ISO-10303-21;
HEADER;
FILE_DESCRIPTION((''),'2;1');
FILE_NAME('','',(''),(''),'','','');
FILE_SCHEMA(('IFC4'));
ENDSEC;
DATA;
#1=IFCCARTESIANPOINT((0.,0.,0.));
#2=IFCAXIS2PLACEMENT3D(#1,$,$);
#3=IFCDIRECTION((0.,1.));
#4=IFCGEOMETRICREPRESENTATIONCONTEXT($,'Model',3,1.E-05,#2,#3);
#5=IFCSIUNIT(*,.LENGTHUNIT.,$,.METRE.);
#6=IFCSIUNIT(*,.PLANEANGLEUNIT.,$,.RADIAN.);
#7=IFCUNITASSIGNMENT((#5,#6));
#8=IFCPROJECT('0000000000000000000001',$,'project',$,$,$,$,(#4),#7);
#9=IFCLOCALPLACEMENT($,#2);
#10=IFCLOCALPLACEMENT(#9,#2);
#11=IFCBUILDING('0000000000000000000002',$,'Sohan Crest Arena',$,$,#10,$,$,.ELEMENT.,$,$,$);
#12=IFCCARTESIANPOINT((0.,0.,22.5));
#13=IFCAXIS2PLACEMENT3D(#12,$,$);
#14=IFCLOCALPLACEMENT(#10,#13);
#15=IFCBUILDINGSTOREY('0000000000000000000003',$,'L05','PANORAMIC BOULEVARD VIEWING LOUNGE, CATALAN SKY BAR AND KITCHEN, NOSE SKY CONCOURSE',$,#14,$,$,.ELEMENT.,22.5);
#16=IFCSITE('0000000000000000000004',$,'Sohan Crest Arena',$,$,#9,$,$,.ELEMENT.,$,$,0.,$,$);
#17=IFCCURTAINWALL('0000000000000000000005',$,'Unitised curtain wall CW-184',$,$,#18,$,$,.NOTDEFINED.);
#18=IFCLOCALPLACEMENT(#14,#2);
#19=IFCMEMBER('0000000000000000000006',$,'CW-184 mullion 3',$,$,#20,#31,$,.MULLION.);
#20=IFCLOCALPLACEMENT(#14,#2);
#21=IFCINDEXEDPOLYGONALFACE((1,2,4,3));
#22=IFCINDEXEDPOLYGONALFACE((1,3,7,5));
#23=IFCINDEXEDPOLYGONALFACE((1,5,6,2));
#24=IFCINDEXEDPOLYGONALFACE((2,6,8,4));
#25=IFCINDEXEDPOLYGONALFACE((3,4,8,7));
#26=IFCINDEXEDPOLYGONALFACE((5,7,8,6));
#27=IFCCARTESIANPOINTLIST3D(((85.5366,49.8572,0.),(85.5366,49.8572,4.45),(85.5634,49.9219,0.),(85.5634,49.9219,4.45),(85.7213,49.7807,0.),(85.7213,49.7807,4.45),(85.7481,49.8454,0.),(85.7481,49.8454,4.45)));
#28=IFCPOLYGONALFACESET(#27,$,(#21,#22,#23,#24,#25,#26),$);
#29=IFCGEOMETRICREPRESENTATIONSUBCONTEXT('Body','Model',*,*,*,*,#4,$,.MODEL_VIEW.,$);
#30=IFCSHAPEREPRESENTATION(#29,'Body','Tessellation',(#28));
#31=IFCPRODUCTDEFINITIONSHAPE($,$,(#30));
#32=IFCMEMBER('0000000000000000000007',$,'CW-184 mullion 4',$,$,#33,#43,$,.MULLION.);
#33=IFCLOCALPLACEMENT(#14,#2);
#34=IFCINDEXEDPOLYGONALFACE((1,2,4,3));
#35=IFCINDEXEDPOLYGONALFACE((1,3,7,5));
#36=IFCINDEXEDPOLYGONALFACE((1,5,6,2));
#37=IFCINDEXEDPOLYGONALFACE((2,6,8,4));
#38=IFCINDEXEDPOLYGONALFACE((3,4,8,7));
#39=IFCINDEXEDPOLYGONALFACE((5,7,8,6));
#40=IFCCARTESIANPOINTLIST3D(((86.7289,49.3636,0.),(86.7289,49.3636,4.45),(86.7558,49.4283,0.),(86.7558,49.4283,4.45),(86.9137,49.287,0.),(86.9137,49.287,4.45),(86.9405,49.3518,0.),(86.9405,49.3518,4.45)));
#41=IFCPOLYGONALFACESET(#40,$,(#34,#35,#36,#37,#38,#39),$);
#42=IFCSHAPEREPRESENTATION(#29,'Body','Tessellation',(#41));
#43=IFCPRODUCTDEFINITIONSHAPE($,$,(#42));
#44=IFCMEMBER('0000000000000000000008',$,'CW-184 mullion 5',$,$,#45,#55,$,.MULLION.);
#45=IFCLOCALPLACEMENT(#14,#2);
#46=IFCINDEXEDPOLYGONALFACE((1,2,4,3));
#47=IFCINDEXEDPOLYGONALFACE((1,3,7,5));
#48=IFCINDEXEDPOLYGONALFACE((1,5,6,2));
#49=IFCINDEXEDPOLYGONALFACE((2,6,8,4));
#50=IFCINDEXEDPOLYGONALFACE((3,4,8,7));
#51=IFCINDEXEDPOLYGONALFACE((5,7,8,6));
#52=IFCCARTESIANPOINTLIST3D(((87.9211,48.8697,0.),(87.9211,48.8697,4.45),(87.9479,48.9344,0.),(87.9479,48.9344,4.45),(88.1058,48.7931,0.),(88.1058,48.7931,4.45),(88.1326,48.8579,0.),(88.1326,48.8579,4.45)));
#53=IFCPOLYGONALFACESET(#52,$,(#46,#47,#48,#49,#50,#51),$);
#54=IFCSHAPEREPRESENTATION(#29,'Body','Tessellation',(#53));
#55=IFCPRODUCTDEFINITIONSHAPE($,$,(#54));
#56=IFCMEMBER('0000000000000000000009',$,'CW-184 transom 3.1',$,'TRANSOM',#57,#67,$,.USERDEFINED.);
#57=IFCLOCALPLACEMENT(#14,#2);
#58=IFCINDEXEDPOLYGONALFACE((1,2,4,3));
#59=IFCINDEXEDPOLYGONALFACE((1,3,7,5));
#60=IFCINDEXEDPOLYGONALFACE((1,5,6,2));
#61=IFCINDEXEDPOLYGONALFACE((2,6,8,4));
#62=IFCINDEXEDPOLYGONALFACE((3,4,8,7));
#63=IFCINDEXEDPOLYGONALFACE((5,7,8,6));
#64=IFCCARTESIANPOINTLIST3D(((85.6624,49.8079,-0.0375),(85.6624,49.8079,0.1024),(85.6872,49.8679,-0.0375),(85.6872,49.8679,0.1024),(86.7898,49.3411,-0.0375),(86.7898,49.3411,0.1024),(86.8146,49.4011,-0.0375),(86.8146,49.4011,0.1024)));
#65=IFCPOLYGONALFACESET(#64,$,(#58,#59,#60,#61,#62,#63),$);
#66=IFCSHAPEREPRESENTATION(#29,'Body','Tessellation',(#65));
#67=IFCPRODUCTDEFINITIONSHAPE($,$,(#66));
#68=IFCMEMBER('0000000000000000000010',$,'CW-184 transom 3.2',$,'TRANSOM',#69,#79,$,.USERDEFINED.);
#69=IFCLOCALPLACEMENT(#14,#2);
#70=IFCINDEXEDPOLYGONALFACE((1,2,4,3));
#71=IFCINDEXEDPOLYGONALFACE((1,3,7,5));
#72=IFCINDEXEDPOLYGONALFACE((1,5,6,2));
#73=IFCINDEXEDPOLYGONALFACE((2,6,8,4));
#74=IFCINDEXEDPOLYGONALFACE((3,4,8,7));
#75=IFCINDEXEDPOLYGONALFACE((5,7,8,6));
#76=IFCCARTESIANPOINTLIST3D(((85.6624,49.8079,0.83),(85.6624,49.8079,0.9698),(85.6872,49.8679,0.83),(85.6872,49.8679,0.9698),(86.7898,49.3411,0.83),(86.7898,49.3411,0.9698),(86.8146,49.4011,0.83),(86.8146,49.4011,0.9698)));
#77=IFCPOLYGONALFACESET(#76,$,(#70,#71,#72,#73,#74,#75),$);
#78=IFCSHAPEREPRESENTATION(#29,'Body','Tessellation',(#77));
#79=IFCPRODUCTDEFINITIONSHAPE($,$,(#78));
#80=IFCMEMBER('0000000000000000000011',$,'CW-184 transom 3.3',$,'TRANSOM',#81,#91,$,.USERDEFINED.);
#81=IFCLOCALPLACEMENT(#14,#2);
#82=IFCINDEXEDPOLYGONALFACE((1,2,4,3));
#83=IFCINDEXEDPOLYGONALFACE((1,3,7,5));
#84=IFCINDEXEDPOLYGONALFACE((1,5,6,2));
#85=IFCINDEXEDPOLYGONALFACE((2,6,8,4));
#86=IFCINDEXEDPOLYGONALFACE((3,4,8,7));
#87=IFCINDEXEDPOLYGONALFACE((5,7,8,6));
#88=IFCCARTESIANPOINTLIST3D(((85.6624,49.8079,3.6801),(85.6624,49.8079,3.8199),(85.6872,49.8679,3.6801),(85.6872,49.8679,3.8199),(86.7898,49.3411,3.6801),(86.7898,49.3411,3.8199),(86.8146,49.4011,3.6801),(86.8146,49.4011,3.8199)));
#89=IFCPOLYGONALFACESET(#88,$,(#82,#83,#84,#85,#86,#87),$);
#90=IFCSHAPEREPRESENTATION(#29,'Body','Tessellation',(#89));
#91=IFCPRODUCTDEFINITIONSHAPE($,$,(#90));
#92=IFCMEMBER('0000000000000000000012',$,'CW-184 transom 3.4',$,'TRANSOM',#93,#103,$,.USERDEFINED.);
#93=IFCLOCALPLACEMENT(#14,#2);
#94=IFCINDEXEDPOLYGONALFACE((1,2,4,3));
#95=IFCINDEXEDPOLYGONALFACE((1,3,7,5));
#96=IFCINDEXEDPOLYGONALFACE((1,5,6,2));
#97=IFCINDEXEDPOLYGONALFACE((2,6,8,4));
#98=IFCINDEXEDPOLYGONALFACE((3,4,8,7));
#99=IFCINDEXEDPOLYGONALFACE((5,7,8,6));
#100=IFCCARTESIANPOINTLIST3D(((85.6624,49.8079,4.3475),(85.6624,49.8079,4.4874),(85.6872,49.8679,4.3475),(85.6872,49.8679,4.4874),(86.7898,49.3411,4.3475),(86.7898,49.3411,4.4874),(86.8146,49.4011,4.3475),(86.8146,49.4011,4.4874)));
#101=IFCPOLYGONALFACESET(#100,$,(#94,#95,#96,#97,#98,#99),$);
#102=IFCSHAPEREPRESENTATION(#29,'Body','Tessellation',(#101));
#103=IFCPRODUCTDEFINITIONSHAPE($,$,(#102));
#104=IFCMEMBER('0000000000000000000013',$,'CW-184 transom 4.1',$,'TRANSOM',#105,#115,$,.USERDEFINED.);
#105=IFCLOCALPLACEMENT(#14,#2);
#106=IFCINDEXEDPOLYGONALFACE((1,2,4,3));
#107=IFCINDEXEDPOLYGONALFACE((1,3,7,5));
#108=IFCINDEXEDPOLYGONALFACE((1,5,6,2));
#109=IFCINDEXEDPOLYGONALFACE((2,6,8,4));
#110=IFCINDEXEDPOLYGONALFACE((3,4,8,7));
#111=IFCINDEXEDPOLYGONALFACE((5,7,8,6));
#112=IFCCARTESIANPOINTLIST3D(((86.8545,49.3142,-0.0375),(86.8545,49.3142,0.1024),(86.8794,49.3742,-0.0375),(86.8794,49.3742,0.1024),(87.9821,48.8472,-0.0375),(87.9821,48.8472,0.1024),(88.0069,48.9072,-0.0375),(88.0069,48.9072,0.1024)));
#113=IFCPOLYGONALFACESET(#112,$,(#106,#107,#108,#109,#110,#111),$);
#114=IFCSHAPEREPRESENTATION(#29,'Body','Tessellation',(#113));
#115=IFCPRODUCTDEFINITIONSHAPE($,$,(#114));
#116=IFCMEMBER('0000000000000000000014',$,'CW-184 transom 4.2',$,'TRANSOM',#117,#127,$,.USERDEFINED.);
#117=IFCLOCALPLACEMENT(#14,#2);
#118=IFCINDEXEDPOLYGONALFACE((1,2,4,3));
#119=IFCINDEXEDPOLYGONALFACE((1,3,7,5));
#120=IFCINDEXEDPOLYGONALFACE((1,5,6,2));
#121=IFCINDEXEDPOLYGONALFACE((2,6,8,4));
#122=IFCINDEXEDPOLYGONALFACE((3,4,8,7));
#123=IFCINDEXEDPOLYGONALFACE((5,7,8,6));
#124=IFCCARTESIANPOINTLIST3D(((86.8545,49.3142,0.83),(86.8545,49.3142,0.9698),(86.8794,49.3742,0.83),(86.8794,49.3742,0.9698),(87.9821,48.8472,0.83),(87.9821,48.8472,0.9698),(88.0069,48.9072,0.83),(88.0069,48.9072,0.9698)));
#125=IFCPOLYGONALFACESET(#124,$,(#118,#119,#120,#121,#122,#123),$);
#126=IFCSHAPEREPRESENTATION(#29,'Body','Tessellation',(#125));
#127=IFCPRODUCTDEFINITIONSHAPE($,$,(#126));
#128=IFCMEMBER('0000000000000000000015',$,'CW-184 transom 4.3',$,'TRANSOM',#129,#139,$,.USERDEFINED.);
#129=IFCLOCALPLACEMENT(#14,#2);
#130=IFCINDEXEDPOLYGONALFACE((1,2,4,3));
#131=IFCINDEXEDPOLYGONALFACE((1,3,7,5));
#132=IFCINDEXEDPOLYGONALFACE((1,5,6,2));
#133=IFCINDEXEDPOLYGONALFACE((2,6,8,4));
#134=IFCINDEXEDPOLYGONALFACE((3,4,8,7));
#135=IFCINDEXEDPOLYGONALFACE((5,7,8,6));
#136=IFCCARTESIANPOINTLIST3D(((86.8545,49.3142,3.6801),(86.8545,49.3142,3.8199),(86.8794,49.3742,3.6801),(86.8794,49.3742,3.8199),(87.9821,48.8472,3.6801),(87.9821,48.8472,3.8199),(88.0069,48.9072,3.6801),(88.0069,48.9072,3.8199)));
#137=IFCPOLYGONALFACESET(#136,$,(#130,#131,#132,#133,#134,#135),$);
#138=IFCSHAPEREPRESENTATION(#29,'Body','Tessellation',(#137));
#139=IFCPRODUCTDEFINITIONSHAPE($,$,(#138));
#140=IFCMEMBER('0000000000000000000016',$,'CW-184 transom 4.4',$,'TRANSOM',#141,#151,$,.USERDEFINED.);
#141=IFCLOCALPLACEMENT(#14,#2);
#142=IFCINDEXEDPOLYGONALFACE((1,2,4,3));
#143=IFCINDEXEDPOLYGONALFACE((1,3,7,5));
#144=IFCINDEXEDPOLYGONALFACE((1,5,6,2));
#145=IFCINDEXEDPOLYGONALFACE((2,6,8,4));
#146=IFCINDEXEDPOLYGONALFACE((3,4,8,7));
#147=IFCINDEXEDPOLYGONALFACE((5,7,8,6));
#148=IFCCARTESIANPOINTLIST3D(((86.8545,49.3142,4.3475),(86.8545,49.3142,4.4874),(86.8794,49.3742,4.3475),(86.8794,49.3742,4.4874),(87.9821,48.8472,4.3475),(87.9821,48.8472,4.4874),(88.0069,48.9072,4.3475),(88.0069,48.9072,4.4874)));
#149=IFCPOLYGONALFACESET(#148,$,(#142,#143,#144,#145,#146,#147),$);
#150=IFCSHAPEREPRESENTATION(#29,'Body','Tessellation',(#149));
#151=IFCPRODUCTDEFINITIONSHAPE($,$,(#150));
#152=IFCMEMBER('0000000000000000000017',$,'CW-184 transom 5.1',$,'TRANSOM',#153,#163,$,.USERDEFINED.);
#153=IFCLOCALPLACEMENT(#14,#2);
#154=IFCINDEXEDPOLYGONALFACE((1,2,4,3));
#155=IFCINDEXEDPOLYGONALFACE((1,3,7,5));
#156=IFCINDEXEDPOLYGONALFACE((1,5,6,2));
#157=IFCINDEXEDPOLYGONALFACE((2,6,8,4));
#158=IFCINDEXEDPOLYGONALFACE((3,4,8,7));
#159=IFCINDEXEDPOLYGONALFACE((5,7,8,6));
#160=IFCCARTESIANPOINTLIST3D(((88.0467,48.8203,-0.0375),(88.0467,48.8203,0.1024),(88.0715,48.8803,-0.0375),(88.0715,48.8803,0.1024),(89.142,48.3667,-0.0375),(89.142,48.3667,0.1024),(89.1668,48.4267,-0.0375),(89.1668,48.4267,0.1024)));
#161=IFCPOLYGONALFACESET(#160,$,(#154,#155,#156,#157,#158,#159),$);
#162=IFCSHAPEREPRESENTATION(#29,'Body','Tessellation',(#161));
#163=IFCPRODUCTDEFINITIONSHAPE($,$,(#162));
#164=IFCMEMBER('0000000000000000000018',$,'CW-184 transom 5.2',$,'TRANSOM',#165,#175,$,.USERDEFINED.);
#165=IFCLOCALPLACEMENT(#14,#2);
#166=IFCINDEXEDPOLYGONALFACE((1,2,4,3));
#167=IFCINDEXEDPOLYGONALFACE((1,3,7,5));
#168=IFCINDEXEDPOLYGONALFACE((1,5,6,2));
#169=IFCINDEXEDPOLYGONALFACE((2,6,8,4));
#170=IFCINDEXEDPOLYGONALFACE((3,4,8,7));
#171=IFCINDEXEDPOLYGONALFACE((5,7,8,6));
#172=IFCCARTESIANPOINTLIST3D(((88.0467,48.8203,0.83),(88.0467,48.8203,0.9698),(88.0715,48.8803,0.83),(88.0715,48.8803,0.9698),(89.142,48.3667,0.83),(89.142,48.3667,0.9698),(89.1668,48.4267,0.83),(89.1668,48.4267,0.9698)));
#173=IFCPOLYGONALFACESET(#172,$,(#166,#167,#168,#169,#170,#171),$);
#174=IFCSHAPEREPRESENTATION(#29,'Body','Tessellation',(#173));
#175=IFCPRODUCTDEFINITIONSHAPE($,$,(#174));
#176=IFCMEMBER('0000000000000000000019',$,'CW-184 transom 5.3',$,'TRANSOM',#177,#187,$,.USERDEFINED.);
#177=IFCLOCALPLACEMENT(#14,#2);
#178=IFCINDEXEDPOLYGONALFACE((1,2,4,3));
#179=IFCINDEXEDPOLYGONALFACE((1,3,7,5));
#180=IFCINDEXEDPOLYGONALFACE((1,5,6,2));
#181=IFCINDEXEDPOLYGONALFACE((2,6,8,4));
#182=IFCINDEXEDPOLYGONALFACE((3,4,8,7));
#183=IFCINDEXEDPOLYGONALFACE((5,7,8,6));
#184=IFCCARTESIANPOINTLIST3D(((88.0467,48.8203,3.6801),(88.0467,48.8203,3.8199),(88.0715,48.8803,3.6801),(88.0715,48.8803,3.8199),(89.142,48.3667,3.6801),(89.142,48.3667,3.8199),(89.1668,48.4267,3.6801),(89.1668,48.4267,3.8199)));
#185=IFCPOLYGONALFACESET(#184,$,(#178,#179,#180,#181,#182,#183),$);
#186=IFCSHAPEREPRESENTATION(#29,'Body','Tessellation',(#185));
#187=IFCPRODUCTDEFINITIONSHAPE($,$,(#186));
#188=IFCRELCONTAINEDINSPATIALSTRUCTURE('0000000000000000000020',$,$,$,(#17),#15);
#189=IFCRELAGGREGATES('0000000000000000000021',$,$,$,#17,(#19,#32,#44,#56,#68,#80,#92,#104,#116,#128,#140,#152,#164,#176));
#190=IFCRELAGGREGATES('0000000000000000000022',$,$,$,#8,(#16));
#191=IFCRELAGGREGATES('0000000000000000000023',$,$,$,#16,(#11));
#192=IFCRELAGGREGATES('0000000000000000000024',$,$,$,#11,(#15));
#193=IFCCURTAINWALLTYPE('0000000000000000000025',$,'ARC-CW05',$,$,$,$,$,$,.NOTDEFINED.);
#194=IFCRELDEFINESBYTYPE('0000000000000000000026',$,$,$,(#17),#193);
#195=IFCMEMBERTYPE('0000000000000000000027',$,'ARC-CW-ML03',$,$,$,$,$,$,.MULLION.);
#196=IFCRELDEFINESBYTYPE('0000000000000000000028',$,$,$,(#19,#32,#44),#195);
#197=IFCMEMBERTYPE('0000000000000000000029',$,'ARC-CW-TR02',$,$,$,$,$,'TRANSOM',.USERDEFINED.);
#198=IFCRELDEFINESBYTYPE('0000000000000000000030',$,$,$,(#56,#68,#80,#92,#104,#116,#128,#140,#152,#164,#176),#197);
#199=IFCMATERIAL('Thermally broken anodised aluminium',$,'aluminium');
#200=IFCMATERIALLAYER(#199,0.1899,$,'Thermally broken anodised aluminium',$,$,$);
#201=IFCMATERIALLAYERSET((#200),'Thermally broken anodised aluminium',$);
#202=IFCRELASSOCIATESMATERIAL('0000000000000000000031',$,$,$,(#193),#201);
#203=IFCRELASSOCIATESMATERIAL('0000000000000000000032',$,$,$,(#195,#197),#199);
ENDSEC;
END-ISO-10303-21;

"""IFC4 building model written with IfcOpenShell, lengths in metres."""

from ifc_helpers import new_model, si_unit, direction, frame, origin, origin_2d, place, context, subcontext, project, spatial, rectangle, extrude, material, layer, layer_set, material_profile, profile_set, type_object, element, aggregate, save


model = new_model("IFC4")

# Units and contexts
model_context = context("Model", 3, precision=1e-05, world=origin(), true_north=direction((0.0, 1.0)))
body_context = subcontext(model_context, "Body", "Model", "MODEL_VIEW")
ifc_project = project(units=[si_unit("LENGTHUNIT", "METRE"), si_unit("PLANEANGLEUNIT", "RADIAN")], contexts=[model_context])

# Site, building, storey
site_placement = place(None, origin())
site = spatial("IfcSite", under=ifc_project, at=site_placement, Name="Sohan Crest Arena", CompositionType="ELEMENT", RefElevation=0.0)
building_placement = place(site_placement, origin())
building = spatial("IfcBuilding", under=site, at=building_placement, Name="Sohan Crest Arena", CompositionType="ELEMENT")
storey_placement = place(building_placement, frame((0.0, 0.0, 22.5)))
storey = spatial("IfcBuildingStorey", under=building, at=storey_placement, Name="L05", Description="PANORAMIC BOULEVARD VIEWING LOUNGE, CATALAN SKY BAR AND KITCHEN, NOSE SKY CONCOURSE", CompositionType="ELEMENT", Elevation=22.5)

# Curtain wall, members
ifc_material_1 = material(Name="Thermally broken anodised aluminium", Category="aluminium")
ifc_layer_1 = layer(ifc_material_1, 0.1899, Name="Thermally broken anodised aluminium")
ifc_layer_set_1 = layer_set([ifc_layer_1], Name="Thermally broken anodised aluminium")
curtain_wall_type = type_object("IfcCurtainWallType", Name="ARC-CW05", PredefinedType="NOTDEFINED", material=ifc_layer_set_1)
curtain_wall_placement = place(storey_placement, origin())
curtain_wall = element("IfcCurtainWall", 1, at=curtain_wall_placement, inside=storey, type_object=curtain_wall_type, Name="Unitised curtain wall CW-184", PredefinedType="NOTDEFINED")
ifc_material_profile_1 = material_profile(ifc_material_1, rectangle(XDim=0.0701, YDim=0.2, at=origin_2d()), Name="ALU-MULL 70x200")
ifc_profile_set_1 = profile_set([ifc_material_profile_1], Name="Thermally broken anodised aluminium")
member_type_1 = type_object("IfcMemberType", Name="ARC-CW-ML03", PredefinedType="MULLION", material=ifc_profile_set_1)
member_1_placement = place(storey_placement, frame((85.6423, 49.8513, 0.0), z_axis=(0.0, 0.0, 1.0), x_axis=(0.382667, 0.923886, 0.0)))
member_1 = element("IfcMember", 2, at=member_1_placement, type_object=member_type_1, Name="CW-184 mullion 3", PredefinedType="MULLION", context=body_context, shape_type="SweptSolid", body=[
    extrude(rectangle(XDim=0.0701, YDim=0.2, at=origin_2d()), origin(), (0.0, 0.0, 1.0), 4.45),
])
member_2_placement = place(storey_placement, frame((86.8347, 49.3577, 0.0), z_axis=(0.0, 0.0, 1.0), x_axis=(0.382667, 0.923886, 0.0)))
member_2 = element("IfcMember", 3, at=member_2_placement, type_object=member_type_1, Name="CW-184 mullion 4", PredefinedType="MULLION", context=body_context, shape_type="SweptSolid", body=[
    extrude(rectangle(XDim=0.0701, YDim=0.2, at=origin_2d()), origin(), (0.0, 0.0, 1.0), 4.45),
])
member_3_placement = place(storey_placement, frame((88.0269, 48.8638, 0.0), z_axis=(0.0, 0.0, 1.0), x_axis=(0.382667, 0.923886, 0.0)))
member_3 = element("IfcMember", 4, at=member_3_placement, type_object=member_type_1, Name="CW-184 mullion 5", PredefinedType="MULLION", context=body_context, shape_type="SweptSolid", body=[
    extrude(rectangle(XDim=0.0701, YDim=0.2, at=origin_2d()), origin(), (0.0, 0.0, 1.0), 4.45),
])
ifc_material_profile_2 = material_profile(ifc_material_1, rectangle(XDim=0.0649, YDim=0.1399, at=origin_2d()), Name="ALU-TRAN 65x140")
ifc_profile_set_2 = profile_set([ifc_material_profile_2], Name="Thermally broken anodised aluminium")
member_type_2 = type_object("IfcMemberType", Name="ARC-CW-TR02", ElementType="TRANSOM", PredefinedType="USERDEFINED", material=ifc_profile_set_2)
member_4_placement = place(storey_placement, frame((85.6748, 49.8379, 0.0325), z_axis=(0.923939, -0.38254, 0.0), x_axis=(0.38254, 0.923939, 0.0)))
member_4 = element("IfcMember", 5, at=member_4_placement, type_object=member_type_2, Name="CW-184 transom 3.1", ObjectType="TRANSOM", PredefinedType="USERDEFINED", context=body_context, shape_type="SweptSolid", body=[
    extrude(rectangle(XDim=0.0649, YDim=0.1399, at=origin_2d()), origin(), (0.0, 0.0, 1.0), 1.2202),
])
member_5_placement = place(storey_placement, frame((85.6748, 49.8379, 0.8999), z_axis=(0.923939, -0.38254, 0.0), x_axis=(0.38254, 0.923939, 0.0)))
member_5 = element("IfcMember", 6, at=member_5_placement, type_object=member_type_2, Name="CW-184 transom 3.2", ObjectType="TRANSOM", PredefinedType="USERDEFINED", context=body_context, shape_type="SweptSolid", body=[
    extrude(rectangle(XDim=0.0649, YDim=0.1399, at=origin_2d()), origin(), (0.0, 0.0, 1.0), 1.2202),
])
member_6_placement = place(storey_placement, frame((85.6748, 49.8379, 3.75), z_axis=(0.923939, -0.38254, 0.0), x_axis=(0.38254, 0.923939, 0.0)))
member_6 = element("IfcMember", 7, at=member_6_placement, type_object=member_type_2, Name="CW-184 transom 3.3", ObjectType="TRANSOM", PredefinedType="USERDEFINED", context=body_context, shape_type="SweptSolid", body=[
    extrude(rectangle(XDim=0.0649, YDim=0.1399, at=origin_2d()), origin(), (0.0, 0.0, 1.0), 1.2202),
])
member_7_placement = place(storey_placement, frame((85.6748, 49.8379, 4.4175), z_axis=(0.923939, -0.38254, 0.0), x_axis=(0.38254, 0.923939, 0.0)))
member_7 = element("IfcMember", 8, at=member_7_placement, type_object=member_type_2, Name="CW-184 transom 3.4", ObjectType="TRANSOM", PredefinedType="USERDEFINED", context=body_context, shape_type="SweptSolid", body=[
    extrude(rectangle(XDim=0.0649, YDim=0.1399, at=origin_2d()), origin(), (0.0, 0.0, 1.0), 1.2202),
])
member_8_placement = place(storey_placement, frame((86.8669, 49.3442, 0.0325), z_axis=(0.923868, -0.382711, 0.0), x_axis=(0.382711, 0.923868, 0.0)))
member_8 = element("IfcMember", 9, at=member_8_placement, type_object=member_type_2, Name="CW-184 transom 4.1", ObjectType="TRANSOM", PredefinedType="USERDEFINED", context=body_context, shape_type="SweptSolid", body=[
    extrude(rectangle(XDim=0.0649, YDim=0.1399, at=origin_2d()), origin(), (0.0, 0.0, 1.0), 1.2205),
])
member_9_placement = place(storey_placement, frame((86.8669, 49.3442, 0.8999), z_axis=(0.923868, -0.382711, 0.0), x_axis=(0.382711, 0.923868, 0.0)))
member_9 = element("IfcMember", 10, at=member_9_placement, type_object=member_type_2, Name="CW-184 transom 4.2", ObjectType="TRANSOM", PredefinedType="USERDEFINED", context=body_context, shape_type="SweptSolid", body=[
    extrude(rectangle(XDim=0.0649, YDim=0.1399, at=origin_2d()), origin(), (0.0, 0.0, 1.0), 1.2205),
])
member_10_placement = place(storey_placement, frame((86.8669, 49.3442, 3.75), z_axis=(0.923868, -0.382711, 0.0), x_axis=(0.382711, 0.923868, 0.0)))
member_10 = element("IfcMember", 11, at=member_10_placement, type_object=member_type_2, Name="CW-184 transom 4.3", ObjectType="TRANSOM", PredefinedType="USERDEFINED", context=body_context, shape_type="SweptSolid", body=[
    extrude(rectangle(XDim=0.0649, YDim=0.1399, at=origin_2d()), origin(), (0.0, 0.0, 1.0), 1.2205),
])
member_11_placement = place(storey_placement, frame((86.8669, 49.3442, 4.4175), z_axis=(0.923868, -0.382711, 0.0), x_axis=(0.382711, 0.923868, 0.0)))
member_11 = element("IfcMember", 12, at=member_11_placement, type_object=member_type_2, Name="CW-184 transom 4.4", ObjectType="TRANSOM", PredefinedType="USERDEFINED", context=body_context, shape_type="SweptSolid", body=[
    extrude(rectangle(XDim=0.0649, YDim=0.1399, at=origin_2d()), origin(), (0.0, 0.0, 1.0), 1.2205),
])
member_12_placement = place(storey_placement, frame((88.0591, 48.8503, 0.0325), z_axis=(0.923891, -0.382655, 0.0), x_axis=(0.382655, 0.923891, 0.0)))
member_12 = element("IfcMember", 13, at=member_12_placement, type_object=member_type_2, Name="CW-184 transom 5.1", ObjectType="TRANSOM", PredefinedType="USERDEFINED", context=body_context, shape_type="SweptSolid", body=[
    extrude(rectangle(XDim=0.0649, YDim=0.1399, at=origin_2d()), origin(), (0.0, 0.0, 1.0), 1.1855),
])
member_13_placement = place(storey_placement, frame((88.0591, 48.8503, 0.8999), z_axis=(0.923891, -0.382655, 0.0), x_axis=(0.382655, 0.923891, 0.0)))
member_13 = element("IfcMember", 14, at=member_13_placement, type_object=member_type_2, Name="CW-184 transom 5.2", ObjectType="TRANSOM", PredefinedType="USERDEFINED", context=body_context, shape_type="SweptSolid", body=[
    extrude(rectangle(XDim=0.0649, YDim=0.1399, at=origin_2d()), origin(), (0.0, 0.0, 1.0), 1.1855),
])
member_14_placement = place(storey_placement, frame((88.0591, 48.8503, 3.75), z_axis=(0.923891, -0.382655, 0.0), x_axis=(0.382655, 0.923891, 0.0)))
member_14 = element("IfcMember", 15, at=member_14_placement, type_object=member_type_2, Name="CW-184 transom 5.3", ObjectType="TRANSOM", PredefinedType="USERDEFINED", context=body_context, shape_type="SweptSolid", body=[
    extrude(rectangle(XDim=0.0649, YDim=0.1399, at=origin_2d()), origin(), (0.0, 0.0, 1.0), 1.1855),
])
aggregate(curtain_wall, [member_1, member_2, member_3, member_4, member_5, member_6, member_7, member_8, member_9, member_10, member_11, member_12, member_13, member_14])

save(model, "model.ifc")
